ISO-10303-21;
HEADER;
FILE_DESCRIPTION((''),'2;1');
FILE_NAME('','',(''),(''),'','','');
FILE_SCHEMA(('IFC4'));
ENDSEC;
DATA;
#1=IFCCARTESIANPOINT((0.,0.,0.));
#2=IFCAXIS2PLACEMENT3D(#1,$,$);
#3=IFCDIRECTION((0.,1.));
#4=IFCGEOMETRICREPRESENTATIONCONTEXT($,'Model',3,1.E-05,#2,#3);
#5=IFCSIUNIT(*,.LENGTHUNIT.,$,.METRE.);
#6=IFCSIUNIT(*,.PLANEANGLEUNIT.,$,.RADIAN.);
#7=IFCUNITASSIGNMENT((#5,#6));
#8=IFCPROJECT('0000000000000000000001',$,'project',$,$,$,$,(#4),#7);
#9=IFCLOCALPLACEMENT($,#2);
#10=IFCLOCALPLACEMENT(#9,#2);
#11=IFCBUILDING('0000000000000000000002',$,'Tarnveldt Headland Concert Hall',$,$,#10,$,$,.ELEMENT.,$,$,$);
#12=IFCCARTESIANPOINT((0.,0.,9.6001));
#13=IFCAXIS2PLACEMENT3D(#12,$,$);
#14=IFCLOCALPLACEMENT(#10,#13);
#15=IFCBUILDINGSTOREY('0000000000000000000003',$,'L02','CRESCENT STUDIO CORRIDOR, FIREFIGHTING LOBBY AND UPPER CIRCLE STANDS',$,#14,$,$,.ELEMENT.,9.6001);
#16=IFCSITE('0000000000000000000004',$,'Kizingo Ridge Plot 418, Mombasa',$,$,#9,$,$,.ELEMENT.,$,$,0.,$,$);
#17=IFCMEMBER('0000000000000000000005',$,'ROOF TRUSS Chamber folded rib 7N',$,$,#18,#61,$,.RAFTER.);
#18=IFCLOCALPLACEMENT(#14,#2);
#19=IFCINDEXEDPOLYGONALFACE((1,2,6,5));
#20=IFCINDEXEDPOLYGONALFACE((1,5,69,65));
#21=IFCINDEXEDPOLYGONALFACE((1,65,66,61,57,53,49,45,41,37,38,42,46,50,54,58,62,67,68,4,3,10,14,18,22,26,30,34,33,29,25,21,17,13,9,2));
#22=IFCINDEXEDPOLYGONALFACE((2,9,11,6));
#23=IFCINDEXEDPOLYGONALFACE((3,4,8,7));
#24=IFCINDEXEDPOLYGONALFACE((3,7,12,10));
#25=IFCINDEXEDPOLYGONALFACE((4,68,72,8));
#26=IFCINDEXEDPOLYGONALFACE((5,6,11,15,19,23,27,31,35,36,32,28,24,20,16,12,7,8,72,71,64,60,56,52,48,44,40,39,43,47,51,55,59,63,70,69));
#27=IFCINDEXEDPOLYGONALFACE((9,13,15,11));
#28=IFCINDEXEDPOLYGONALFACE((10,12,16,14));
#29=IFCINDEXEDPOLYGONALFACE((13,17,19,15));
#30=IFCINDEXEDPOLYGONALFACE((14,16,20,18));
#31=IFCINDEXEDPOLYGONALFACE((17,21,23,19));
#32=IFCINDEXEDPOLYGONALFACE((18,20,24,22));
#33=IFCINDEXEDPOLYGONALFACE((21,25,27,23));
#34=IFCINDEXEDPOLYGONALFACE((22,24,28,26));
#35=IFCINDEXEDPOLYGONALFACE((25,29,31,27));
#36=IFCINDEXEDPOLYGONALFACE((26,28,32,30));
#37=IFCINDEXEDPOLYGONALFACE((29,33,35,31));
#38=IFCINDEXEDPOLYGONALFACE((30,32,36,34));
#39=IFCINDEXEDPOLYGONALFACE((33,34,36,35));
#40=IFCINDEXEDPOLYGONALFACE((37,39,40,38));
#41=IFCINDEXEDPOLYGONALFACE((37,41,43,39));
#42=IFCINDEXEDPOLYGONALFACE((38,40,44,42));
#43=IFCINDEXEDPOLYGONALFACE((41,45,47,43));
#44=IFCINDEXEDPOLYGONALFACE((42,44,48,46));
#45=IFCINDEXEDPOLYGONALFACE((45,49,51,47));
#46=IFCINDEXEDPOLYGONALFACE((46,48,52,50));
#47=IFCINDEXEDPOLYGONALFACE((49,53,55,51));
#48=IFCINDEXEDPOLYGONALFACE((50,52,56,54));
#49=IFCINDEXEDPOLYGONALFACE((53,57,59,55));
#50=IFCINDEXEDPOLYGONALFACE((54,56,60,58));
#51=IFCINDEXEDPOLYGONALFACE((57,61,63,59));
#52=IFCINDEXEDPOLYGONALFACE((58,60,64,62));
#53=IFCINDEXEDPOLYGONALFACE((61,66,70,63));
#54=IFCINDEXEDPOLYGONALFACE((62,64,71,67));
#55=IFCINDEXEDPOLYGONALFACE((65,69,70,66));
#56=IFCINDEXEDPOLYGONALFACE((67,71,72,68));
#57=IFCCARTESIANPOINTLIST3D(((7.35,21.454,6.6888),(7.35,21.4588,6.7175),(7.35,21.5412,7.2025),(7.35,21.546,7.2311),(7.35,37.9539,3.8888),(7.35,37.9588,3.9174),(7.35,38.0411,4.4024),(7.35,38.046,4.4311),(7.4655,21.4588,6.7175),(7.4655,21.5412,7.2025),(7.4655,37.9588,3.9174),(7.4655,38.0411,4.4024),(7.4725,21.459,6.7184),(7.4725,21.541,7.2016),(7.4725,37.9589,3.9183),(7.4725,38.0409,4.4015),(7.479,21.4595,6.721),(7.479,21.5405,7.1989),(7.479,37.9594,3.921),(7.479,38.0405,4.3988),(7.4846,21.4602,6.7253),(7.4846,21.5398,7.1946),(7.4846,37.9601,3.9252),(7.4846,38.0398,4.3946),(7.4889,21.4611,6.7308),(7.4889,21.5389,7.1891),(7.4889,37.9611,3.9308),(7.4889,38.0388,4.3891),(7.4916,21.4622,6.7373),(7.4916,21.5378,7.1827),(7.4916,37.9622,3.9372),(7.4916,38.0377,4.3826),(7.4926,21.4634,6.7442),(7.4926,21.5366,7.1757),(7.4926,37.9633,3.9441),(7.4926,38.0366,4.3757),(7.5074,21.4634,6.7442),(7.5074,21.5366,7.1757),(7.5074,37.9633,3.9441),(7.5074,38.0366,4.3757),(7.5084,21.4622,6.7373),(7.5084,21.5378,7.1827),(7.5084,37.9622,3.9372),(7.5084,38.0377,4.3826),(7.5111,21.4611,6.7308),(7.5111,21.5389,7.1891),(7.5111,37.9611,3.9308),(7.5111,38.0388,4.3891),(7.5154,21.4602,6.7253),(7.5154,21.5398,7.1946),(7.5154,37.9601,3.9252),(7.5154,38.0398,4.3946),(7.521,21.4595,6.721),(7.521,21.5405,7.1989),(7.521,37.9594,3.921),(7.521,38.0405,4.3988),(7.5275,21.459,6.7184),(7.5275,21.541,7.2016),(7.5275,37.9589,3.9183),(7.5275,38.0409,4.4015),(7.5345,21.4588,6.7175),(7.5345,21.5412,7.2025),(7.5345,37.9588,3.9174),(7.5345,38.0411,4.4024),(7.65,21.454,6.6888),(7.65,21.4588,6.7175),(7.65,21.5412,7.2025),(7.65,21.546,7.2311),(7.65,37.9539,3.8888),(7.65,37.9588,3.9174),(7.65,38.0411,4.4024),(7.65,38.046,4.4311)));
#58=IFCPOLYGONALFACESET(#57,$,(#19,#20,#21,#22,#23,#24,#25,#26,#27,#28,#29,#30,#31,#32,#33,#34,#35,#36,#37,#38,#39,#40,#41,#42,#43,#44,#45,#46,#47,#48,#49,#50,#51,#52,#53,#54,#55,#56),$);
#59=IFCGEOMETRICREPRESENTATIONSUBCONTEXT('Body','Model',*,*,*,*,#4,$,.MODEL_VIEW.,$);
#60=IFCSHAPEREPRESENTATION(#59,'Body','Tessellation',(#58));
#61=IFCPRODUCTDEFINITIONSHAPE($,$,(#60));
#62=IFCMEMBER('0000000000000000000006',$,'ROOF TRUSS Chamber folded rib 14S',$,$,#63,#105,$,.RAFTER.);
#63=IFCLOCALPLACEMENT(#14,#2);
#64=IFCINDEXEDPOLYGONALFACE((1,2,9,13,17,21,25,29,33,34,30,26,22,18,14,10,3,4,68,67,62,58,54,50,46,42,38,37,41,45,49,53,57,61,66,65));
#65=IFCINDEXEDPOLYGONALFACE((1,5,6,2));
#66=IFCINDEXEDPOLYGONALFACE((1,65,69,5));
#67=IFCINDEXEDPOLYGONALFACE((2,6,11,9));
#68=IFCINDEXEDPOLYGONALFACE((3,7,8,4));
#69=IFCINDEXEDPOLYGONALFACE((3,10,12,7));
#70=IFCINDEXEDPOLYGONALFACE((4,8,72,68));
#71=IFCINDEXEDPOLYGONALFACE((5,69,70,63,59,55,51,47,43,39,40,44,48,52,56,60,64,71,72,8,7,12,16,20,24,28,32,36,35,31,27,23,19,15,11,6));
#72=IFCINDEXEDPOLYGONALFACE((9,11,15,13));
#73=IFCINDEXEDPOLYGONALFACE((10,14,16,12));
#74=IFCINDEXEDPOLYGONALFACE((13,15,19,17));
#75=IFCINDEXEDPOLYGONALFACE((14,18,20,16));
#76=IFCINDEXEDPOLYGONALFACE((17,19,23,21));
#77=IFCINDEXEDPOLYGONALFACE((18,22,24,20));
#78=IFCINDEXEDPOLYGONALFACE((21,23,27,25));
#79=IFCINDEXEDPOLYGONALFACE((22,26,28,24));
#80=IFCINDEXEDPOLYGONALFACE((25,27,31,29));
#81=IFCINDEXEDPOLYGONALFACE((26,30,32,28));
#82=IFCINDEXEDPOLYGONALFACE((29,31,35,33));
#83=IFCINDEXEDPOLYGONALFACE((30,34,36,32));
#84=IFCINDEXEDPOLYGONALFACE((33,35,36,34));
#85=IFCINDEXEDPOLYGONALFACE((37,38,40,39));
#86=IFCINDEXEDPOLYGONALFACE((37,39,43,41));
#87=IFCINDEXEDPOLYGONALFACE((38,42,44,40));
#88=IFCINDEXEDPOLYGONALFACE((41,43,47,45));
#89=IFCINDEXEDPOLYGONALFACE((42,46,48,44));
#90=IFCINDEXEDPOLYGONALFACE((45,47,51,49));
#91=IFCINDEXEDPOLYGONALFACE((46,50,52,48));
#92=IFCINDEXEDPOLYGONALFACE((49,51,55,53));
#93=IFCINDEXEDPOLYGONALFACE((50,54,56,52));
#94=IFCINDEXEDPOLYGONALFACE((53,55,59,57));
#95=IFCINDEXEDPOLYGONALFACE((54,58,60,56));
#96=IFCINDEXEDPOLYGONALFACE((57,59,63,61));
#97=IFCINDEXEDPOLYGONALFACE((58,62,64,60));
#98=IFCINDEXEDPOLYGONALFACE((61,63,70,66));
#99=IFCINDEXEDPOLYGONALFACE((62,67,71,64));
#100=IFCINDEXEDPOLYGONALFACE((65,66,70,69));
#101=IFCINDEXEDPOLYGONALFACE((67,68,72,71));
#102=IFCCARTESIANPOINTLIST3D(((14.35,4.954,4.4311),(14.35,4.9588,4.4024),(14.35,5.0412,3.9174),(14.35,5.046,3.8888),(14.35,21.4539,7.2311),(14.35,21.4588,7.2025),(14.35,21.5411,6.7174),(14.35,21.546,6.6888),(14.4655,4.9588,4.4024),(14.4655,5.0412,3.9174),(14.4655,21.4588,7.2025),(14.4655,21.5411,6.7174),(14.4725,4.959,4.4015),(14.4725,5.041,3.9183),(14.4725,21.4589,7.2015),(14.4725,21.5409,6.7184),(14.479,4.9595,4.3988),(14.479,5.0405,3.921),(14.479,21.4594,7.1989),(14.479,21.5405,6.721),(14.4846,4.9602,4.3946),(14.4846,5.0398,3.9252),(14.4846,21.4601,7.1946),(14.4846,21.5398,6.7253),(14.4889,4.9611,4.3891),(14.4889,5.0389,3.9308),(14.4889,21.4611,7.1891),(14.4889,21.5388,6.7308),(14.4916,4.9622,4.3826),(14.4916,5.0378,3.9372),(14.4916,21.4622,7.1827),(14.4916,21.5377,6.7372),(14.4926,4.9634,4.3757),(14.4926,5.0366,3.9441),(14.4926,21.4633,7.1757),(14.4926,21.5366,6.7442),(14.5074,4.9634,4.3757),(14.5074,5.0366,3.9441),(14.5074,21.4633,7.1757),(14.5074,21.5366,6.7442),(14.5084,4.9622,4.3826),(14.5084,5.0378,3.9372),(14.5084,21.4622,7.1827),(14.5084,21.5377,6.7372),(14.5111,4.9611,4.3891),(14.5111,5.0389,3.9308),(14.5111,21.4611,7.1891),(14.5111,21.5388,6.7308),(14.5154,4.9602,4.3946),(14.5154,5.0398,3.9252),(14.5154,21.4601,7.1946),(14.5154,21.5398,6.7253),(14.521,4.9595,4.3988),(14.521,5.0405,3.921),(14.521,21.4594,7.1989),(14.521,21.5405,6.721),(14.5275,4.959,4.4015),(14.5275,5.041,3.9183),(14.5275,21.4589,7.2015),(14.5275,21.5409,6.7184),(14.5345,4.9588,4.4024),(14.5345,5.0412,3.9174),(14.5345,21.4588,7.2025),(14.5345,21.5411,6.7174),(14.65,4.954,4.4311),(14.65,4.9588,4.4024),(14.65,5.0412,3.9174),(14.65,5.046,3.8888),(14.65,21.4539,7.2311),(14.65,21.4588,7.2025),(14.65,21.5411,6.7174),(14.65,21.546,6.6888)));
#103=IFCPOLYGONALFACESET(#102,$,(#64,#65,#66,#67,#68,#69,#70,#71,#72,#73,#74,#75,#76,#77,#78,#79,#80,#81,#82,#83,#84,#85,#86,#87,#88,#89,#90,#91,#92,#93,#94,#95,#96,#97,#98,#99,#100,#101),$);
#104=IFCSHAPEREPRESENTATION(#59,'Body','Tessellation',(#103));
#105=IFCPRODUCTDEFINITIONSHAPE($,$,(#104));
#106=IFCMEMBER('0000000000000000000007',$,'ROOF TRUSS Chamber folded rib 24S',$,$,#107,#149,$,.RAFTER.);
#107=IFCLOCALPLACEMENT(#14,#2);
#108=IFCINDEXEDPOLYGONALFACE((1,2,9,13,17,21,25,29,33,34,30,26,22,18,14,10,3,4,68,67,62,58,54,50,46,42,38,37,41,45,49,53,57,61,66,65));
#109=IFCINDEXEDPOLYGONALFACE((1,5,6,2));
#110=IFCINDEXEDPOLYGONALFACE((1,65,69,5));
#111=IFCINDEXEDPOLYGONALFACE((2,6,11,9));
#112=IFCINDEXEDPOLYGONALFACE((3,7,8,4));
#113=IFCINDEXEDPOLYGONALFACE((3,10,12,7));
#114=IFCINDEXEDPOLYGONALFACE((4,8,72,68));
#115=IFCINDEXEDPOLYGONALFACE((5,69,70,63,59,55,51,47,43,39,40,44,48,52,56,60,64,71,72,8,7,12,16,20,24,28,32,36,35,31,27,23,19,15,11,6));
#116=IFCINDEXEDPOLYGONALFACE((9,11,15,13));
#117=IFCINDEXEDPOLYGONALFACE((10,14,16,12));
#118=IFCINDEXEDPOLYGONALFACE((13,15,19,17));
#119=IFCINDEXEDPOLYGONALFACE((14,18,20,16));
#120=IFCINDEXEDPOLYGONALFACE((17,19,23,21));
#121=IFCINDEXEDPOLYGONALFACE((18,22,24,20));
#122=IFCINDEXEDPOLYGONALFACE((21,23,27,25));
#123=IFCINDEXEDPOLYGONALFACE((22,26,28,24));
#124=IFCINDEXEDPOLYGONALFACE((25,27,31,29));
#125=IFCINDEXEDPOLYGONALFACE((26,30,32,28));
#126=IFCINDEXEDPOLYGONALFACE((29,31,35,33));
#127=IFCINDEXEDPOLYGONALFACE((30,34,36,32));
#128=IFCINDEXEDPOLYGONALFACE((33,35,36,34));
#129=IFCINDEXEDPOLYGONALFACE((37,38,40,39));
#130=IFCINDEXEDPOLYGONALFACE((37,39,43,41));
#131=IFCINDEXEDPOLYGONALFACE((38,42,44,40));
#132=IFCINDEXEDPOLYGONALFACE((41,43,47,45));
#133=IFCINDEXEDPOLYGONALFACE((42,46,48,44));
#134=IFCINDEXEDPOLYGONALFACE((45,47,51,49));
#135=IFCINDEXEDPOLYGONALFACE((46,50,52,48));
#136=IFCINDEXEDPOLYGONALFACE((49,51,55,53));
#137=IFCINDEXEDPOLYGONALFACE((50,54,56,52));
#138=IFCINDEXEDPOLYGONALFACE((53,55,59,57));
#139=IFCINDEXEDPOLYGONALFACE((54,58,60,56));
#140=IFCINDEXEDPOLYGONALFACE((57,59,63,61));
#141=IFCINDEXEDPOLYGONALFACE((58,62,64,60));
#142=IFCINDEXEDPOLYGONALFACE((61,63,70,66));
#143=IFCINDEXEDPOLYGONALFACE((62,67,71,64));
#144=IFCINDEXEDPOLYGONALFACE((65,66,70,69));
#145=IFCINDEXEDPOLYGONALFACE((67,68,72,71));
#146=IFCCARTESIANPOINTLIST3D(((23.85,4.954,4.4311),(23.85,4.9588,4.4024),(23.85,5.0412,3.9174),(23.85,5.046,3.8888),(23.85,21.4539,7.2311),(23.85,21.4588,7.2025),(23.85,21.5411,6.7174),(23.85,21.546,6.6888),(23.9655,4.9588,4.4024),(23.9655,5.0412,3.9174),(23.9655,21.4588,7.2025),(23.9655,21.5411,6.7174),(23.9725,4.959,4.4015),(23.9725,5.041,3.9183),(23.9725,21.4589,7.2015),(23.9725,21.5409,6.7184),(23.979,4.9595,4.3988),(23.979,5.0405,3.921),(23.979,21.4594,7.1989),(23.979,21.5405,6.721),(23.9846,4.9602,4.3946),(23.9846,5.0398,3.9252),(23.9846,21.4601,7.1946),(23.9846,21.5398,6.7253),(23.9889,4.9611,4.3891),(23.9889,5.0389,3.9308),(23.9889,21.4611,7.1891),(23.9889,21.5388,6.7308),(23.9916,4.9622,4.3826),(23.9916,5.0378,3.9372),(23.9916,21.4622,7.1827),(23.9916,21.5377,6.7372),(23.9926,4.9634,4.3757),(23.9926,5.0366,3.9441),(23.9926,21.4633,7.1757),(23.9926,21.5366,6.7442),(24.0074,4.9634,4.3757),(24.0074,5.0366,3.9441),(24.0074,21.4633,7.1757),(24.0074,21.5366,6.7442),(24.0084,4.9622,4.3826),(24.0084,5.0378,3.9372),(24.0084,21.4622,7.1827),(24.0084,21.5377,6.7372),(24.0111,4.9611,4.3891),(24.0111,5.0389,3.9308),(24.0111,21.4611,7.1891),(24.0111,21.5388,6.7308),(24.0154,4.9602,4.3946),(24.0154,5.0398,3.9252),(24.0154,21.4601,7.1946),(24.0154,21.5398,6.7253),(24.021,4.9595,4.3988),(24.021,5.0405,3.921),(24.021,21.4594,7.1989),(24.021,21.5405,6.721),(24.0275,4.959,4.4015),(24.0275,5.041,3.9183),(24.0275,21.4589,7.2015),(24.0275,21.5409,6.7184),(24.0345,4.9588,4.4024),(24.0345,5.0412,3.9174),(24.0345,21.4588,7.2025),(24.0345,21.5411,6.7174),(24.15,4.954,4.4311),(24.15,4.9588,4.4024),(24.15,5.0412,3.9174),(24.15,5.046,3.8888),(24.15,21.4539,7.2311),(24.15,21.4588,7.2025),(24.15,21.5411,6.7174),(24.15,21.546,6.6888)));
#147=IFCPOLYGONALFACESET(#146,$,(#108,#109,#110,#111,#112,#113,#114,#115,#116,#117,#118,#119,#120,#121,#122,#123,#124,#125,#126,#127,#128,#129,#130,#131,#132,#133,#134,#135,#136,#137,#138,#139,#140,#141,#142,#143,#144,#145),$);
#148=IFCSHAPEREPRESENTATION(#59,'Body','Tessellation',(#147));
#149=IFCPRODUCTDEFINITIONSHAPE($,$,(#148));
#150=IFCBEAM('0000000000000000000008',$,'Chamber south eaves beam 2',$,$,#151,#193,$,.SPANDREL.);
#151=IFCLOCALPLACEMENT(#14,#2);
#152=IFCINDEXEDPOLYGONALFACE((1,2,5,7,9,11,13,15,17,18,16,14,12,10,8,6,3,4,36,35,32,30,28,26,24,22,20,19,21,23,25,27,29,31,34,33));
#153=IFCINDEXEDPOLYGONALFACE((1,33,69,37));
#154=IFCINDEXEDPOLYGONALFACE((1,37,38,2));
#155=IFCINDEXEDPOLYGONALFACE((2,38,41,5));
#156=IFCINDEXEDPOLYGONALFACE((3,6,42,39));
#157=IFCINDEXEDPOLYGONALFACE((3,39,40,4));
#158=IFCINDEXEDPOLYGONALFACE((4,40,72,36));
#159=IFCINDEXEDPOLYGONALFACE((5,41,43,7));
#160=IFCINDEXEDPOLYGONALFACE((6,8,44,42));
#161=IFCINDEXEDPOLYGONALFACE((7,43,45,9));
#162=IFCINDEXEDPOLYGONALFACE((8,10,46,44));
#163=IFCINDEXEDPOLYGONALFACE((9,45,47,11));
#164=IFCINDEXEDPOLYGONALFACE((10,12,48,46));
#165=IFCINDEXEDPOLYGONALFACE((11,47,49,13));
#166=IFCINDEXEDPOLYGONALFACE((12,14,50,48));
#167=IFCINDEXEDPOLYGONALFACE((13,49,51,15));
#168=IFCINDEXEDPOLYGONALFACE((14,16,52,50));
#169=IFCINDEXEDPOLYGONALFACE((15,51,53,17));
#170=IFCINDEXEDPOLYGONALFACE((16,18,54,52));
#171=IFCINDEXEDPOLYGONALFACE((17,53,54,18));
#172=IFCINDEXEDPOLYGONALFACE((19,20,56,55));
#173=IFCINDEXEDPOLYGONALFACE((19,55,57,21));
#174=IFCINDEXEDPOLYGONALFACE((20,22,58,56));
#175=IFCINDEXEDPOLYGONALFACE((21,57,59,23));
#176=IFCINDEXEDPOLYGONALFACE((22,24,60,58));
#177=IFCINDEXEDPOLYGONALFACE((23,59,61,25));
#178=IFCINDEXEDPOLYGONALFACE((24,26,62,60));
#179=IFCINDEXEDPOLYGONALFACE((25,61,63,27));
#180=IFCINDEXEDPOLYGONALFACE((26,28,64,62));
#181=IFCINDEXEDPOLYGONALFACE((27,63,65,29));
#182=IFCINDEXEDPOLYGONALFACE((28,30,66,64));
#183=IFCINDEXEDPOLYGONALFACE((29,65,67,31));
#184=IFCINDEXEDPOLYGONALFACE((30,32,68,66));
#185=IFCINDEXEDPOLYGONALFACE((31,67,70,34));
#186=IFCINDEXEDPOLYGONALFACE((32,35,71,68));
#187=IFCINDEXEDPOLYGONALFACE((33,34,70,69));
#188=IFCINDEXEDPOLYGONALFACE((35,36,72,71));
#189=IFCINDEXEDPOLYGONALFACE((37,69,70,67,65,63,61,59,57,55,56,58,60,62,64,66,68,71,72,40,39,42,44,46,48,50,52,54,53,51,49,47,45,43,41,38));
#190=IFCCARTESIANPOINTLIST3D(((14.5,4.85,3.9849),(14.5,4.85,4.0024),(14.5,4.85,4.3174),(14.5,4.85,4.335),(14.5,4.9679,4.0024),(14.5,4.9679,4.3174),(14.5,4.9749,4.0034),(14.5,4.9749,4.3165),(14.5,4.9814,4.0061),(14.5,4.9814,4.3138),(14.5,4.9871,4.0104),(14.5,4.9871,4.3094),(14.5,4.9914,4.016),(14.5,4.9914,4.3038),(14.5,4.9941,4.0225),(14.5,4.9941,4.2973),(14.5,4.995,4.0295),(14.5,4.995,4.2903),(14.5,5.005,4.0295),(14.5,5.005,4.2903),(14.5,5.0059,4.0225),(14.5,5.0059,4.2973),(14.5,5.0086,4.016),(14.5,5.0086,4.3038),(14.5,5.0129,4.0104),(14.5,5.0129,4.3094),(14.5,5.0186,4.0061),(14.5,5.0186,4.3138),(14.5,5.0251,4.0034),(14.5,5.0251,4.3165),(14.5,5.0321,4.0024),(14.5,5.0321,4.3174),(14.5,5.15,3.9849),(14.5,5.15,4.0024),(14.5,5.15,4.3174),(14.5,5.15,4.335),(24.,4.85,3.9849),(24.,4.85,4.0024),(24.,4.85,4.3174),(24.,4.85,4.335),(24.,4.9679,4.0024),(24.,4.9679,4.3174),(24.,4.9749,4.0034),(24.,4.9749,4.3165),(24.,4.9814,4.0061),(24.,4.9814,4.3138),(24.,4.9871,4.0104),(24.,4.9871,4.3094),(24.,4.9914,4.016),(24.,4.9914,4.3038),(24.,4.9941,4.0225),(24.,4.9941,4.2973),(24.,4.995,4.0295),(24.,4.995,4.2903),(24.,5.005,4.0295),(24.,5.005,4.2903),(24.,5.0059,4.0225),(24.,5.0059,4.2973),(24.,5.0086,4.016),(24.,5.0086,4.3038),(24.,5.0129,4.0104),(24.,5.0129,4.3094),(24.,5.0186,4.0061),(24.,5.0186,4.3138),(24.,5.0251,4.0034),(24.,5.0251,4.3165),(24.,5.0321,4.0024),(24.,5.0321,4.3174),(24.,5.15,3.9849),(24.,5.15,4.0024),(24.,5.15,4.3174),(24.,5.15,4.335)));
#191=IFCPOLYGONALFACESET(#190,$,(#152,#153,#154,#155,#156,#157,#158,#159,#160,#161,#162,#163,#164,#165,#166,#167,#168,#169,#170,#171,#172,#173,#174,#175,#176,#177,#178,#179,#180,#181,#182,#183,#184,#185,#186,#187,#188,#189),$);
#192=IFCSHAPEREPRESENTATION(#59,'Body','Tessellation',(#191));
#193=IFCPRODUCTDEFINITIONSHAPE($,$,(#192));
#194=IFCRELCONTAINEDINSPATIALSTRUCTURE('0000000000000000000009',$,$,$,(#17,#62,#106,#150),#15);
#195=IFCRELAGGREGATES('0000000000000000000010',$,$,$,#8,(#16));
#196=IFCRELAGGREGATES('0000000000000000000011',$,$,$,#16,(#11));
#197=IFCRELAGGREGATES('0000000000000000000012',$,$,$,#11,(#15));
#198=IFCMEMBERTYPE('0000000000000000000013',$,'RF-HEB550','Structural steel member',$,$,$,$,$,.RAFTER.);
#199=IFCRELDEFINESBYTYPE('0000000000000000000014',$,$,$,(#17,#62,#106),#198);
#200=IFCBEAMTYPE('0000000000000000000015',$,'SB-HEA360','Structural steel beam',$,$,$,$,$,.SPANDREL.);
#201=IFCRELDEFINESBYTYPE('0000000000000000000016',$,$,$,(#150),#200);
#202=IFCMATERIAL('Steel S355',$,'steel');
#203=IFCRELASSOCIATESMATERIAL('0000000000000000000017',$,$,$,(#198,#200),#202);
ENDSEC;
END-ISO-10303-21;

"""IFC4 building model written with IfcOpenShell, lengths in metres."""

from ifc_helpers import new_model, si_unit, direction, frame, origin, origin_2d, place, context, subcontext, project, spatial, i_section, extrude, material, material_profile, profile_set, type_object, element, save


model = new_model("IFC4")

# Units and contexts
model_context = context("Model", 3, precision=1e-05, world=origin(), true_north=direction((0.0, 1.0)))
body_context = subcontext(model_context, "Body", "Model", "MODEL_VIEW")
ifc_project = project(units=[si_unit("LENGTHUNIT", "METRE"), si_unit("PLANEANGLEUNIT", "RADIAN")], contexts=[model_context])

# Site, building, storey
site_placement = place(None, origin())
site = spatial("IfcSite", under=ifc_project, at=site_placement, Name="Kizingo Ridge Plot 418, Mombasa", CompositionType="ELEMENT", RefElevation=0.0)
building_placement = place(site_placement, origin())
building = spatial("IfcBuilding", under=site, at=building_placement, Name="Tarnveldt Headland Concert Hall", CompositionType="ELEMENT")
storey_placement = place(building_placement, frame((0.0, 0.0, 9.6001)))
storey = spatial("IfcBuildingStorey", under=building, at=storey_placement, Name="L02", Description="CRESCENT STUDIO CORRIDOR, FIREFIGHTING LOBBY AND UPPER CIRCLE STANDS", CompositionType="ELEMENT", Elevation=9.6001)

# Shared definitions
ifc_material_1 = material(Name="Steel S355", Category="steel")

# Members
ifc_material_profile_1 = material_profile(ifc_material_1, i_section(OverallWidth=0.3, OverallDepth=0.55, WebThickness=0.0149, FlangeThickness=0.0291, FilletRadius=0.0271, at=origin_2d()), Name="HEB550", Category="steel")
ifc_profile_set_1 = profile_set([ifc_material_profile_1], Name="Steel S355")
member_type_1 = type_object("IfcMemberType", Name="RF-HEB550", Description="Structural steel member", PredefinedType="RAFTER", material=ifc_profile_set_1)
for number, where, z_axis, x_axis, name in (
    (1, (7.5, 21.5, 6.96), (0.0, 0.985905, -0.167308), (-1.0, 0.0, 0.0), "ROOF TRUSS Chamber folded rib 7N"),
    (2, (14.5, 5.0, 4.1599), (0.0, 0.985905, 0.167308), (-1.0, 0.0, 0.0), "ROOF TRUSS Chamber folded rib 14S"),
    (3, (24.0, 5.0, 4.1599), (0.0, 0.985905, 0.167308), (-1.0, 0.0, 0.0), "ROOF TRUSS Chamber folded rib 24S"),
):
    element("IfcMember", number, at=place(storey_placement, frame(where, z_axis=z_axis, x_axis=x_axis)), inside=storey, type_object=member_type_1, Name=name, PredefinedType="RAFTER", context=body_context, shape_type="SweptSolid", body=[
        extrude(i_section(OverallWidth=0.3, OverallDepth=0.55, WebThickness=0.0149, FlangeThickness=0.0291, FilletRadius=0.0271, at=origin_2d()), origin(), (0.0, 0.0, 1.0), 16.7358),
    ])

# Beam
ifc_material_profile_2 = material_profile(ifc_material_1, i_section(OverallWidth=0.3, OverallDepth=0.3501, WebThickness=0.01, FlangeThickness=0.0176, FilletRadius=0.0271, at=origin_2d()), Name="HEA360", Category="steel")
ifc_profile_set_2 = profile_set([ifc_material_profile_2], Name="Steel S355")
beam_type_1 = type_object("IfcBeamType", Name="SB-HEA360", Description="Structural steel beam", PredefinedType="SPANDREL", material=ifc_profile_set_2)
for number, where, z_axis, x_axis, name in (
    (4, (14.5, 5.0, 4.1599), (1.0, 0.0, 0.0), (0.0, 1.0, 0.0), "Chamber south eaves beam 2"),
):
    element("IfcBeam", number, at=place(storey_placement, frame(where, z_axis=z_axis, x_axis=x_axis)), inside=storey, type_object=beam_type_1, Name=name, PredefinedType="SPANDREL", context=body_context, shape_type="SweptSolid", body=[
        extrude(i_section(OverallWidth=0.3, OverallDepth=0.3501, WebThickness=0.01, FlangeThickness=0.0176, FilletRadius=0.0271, at=origin_2d()), origin(), (0.0, 0.0, 1.0), 9.5),
    ])

save(model, "model.ifc")
